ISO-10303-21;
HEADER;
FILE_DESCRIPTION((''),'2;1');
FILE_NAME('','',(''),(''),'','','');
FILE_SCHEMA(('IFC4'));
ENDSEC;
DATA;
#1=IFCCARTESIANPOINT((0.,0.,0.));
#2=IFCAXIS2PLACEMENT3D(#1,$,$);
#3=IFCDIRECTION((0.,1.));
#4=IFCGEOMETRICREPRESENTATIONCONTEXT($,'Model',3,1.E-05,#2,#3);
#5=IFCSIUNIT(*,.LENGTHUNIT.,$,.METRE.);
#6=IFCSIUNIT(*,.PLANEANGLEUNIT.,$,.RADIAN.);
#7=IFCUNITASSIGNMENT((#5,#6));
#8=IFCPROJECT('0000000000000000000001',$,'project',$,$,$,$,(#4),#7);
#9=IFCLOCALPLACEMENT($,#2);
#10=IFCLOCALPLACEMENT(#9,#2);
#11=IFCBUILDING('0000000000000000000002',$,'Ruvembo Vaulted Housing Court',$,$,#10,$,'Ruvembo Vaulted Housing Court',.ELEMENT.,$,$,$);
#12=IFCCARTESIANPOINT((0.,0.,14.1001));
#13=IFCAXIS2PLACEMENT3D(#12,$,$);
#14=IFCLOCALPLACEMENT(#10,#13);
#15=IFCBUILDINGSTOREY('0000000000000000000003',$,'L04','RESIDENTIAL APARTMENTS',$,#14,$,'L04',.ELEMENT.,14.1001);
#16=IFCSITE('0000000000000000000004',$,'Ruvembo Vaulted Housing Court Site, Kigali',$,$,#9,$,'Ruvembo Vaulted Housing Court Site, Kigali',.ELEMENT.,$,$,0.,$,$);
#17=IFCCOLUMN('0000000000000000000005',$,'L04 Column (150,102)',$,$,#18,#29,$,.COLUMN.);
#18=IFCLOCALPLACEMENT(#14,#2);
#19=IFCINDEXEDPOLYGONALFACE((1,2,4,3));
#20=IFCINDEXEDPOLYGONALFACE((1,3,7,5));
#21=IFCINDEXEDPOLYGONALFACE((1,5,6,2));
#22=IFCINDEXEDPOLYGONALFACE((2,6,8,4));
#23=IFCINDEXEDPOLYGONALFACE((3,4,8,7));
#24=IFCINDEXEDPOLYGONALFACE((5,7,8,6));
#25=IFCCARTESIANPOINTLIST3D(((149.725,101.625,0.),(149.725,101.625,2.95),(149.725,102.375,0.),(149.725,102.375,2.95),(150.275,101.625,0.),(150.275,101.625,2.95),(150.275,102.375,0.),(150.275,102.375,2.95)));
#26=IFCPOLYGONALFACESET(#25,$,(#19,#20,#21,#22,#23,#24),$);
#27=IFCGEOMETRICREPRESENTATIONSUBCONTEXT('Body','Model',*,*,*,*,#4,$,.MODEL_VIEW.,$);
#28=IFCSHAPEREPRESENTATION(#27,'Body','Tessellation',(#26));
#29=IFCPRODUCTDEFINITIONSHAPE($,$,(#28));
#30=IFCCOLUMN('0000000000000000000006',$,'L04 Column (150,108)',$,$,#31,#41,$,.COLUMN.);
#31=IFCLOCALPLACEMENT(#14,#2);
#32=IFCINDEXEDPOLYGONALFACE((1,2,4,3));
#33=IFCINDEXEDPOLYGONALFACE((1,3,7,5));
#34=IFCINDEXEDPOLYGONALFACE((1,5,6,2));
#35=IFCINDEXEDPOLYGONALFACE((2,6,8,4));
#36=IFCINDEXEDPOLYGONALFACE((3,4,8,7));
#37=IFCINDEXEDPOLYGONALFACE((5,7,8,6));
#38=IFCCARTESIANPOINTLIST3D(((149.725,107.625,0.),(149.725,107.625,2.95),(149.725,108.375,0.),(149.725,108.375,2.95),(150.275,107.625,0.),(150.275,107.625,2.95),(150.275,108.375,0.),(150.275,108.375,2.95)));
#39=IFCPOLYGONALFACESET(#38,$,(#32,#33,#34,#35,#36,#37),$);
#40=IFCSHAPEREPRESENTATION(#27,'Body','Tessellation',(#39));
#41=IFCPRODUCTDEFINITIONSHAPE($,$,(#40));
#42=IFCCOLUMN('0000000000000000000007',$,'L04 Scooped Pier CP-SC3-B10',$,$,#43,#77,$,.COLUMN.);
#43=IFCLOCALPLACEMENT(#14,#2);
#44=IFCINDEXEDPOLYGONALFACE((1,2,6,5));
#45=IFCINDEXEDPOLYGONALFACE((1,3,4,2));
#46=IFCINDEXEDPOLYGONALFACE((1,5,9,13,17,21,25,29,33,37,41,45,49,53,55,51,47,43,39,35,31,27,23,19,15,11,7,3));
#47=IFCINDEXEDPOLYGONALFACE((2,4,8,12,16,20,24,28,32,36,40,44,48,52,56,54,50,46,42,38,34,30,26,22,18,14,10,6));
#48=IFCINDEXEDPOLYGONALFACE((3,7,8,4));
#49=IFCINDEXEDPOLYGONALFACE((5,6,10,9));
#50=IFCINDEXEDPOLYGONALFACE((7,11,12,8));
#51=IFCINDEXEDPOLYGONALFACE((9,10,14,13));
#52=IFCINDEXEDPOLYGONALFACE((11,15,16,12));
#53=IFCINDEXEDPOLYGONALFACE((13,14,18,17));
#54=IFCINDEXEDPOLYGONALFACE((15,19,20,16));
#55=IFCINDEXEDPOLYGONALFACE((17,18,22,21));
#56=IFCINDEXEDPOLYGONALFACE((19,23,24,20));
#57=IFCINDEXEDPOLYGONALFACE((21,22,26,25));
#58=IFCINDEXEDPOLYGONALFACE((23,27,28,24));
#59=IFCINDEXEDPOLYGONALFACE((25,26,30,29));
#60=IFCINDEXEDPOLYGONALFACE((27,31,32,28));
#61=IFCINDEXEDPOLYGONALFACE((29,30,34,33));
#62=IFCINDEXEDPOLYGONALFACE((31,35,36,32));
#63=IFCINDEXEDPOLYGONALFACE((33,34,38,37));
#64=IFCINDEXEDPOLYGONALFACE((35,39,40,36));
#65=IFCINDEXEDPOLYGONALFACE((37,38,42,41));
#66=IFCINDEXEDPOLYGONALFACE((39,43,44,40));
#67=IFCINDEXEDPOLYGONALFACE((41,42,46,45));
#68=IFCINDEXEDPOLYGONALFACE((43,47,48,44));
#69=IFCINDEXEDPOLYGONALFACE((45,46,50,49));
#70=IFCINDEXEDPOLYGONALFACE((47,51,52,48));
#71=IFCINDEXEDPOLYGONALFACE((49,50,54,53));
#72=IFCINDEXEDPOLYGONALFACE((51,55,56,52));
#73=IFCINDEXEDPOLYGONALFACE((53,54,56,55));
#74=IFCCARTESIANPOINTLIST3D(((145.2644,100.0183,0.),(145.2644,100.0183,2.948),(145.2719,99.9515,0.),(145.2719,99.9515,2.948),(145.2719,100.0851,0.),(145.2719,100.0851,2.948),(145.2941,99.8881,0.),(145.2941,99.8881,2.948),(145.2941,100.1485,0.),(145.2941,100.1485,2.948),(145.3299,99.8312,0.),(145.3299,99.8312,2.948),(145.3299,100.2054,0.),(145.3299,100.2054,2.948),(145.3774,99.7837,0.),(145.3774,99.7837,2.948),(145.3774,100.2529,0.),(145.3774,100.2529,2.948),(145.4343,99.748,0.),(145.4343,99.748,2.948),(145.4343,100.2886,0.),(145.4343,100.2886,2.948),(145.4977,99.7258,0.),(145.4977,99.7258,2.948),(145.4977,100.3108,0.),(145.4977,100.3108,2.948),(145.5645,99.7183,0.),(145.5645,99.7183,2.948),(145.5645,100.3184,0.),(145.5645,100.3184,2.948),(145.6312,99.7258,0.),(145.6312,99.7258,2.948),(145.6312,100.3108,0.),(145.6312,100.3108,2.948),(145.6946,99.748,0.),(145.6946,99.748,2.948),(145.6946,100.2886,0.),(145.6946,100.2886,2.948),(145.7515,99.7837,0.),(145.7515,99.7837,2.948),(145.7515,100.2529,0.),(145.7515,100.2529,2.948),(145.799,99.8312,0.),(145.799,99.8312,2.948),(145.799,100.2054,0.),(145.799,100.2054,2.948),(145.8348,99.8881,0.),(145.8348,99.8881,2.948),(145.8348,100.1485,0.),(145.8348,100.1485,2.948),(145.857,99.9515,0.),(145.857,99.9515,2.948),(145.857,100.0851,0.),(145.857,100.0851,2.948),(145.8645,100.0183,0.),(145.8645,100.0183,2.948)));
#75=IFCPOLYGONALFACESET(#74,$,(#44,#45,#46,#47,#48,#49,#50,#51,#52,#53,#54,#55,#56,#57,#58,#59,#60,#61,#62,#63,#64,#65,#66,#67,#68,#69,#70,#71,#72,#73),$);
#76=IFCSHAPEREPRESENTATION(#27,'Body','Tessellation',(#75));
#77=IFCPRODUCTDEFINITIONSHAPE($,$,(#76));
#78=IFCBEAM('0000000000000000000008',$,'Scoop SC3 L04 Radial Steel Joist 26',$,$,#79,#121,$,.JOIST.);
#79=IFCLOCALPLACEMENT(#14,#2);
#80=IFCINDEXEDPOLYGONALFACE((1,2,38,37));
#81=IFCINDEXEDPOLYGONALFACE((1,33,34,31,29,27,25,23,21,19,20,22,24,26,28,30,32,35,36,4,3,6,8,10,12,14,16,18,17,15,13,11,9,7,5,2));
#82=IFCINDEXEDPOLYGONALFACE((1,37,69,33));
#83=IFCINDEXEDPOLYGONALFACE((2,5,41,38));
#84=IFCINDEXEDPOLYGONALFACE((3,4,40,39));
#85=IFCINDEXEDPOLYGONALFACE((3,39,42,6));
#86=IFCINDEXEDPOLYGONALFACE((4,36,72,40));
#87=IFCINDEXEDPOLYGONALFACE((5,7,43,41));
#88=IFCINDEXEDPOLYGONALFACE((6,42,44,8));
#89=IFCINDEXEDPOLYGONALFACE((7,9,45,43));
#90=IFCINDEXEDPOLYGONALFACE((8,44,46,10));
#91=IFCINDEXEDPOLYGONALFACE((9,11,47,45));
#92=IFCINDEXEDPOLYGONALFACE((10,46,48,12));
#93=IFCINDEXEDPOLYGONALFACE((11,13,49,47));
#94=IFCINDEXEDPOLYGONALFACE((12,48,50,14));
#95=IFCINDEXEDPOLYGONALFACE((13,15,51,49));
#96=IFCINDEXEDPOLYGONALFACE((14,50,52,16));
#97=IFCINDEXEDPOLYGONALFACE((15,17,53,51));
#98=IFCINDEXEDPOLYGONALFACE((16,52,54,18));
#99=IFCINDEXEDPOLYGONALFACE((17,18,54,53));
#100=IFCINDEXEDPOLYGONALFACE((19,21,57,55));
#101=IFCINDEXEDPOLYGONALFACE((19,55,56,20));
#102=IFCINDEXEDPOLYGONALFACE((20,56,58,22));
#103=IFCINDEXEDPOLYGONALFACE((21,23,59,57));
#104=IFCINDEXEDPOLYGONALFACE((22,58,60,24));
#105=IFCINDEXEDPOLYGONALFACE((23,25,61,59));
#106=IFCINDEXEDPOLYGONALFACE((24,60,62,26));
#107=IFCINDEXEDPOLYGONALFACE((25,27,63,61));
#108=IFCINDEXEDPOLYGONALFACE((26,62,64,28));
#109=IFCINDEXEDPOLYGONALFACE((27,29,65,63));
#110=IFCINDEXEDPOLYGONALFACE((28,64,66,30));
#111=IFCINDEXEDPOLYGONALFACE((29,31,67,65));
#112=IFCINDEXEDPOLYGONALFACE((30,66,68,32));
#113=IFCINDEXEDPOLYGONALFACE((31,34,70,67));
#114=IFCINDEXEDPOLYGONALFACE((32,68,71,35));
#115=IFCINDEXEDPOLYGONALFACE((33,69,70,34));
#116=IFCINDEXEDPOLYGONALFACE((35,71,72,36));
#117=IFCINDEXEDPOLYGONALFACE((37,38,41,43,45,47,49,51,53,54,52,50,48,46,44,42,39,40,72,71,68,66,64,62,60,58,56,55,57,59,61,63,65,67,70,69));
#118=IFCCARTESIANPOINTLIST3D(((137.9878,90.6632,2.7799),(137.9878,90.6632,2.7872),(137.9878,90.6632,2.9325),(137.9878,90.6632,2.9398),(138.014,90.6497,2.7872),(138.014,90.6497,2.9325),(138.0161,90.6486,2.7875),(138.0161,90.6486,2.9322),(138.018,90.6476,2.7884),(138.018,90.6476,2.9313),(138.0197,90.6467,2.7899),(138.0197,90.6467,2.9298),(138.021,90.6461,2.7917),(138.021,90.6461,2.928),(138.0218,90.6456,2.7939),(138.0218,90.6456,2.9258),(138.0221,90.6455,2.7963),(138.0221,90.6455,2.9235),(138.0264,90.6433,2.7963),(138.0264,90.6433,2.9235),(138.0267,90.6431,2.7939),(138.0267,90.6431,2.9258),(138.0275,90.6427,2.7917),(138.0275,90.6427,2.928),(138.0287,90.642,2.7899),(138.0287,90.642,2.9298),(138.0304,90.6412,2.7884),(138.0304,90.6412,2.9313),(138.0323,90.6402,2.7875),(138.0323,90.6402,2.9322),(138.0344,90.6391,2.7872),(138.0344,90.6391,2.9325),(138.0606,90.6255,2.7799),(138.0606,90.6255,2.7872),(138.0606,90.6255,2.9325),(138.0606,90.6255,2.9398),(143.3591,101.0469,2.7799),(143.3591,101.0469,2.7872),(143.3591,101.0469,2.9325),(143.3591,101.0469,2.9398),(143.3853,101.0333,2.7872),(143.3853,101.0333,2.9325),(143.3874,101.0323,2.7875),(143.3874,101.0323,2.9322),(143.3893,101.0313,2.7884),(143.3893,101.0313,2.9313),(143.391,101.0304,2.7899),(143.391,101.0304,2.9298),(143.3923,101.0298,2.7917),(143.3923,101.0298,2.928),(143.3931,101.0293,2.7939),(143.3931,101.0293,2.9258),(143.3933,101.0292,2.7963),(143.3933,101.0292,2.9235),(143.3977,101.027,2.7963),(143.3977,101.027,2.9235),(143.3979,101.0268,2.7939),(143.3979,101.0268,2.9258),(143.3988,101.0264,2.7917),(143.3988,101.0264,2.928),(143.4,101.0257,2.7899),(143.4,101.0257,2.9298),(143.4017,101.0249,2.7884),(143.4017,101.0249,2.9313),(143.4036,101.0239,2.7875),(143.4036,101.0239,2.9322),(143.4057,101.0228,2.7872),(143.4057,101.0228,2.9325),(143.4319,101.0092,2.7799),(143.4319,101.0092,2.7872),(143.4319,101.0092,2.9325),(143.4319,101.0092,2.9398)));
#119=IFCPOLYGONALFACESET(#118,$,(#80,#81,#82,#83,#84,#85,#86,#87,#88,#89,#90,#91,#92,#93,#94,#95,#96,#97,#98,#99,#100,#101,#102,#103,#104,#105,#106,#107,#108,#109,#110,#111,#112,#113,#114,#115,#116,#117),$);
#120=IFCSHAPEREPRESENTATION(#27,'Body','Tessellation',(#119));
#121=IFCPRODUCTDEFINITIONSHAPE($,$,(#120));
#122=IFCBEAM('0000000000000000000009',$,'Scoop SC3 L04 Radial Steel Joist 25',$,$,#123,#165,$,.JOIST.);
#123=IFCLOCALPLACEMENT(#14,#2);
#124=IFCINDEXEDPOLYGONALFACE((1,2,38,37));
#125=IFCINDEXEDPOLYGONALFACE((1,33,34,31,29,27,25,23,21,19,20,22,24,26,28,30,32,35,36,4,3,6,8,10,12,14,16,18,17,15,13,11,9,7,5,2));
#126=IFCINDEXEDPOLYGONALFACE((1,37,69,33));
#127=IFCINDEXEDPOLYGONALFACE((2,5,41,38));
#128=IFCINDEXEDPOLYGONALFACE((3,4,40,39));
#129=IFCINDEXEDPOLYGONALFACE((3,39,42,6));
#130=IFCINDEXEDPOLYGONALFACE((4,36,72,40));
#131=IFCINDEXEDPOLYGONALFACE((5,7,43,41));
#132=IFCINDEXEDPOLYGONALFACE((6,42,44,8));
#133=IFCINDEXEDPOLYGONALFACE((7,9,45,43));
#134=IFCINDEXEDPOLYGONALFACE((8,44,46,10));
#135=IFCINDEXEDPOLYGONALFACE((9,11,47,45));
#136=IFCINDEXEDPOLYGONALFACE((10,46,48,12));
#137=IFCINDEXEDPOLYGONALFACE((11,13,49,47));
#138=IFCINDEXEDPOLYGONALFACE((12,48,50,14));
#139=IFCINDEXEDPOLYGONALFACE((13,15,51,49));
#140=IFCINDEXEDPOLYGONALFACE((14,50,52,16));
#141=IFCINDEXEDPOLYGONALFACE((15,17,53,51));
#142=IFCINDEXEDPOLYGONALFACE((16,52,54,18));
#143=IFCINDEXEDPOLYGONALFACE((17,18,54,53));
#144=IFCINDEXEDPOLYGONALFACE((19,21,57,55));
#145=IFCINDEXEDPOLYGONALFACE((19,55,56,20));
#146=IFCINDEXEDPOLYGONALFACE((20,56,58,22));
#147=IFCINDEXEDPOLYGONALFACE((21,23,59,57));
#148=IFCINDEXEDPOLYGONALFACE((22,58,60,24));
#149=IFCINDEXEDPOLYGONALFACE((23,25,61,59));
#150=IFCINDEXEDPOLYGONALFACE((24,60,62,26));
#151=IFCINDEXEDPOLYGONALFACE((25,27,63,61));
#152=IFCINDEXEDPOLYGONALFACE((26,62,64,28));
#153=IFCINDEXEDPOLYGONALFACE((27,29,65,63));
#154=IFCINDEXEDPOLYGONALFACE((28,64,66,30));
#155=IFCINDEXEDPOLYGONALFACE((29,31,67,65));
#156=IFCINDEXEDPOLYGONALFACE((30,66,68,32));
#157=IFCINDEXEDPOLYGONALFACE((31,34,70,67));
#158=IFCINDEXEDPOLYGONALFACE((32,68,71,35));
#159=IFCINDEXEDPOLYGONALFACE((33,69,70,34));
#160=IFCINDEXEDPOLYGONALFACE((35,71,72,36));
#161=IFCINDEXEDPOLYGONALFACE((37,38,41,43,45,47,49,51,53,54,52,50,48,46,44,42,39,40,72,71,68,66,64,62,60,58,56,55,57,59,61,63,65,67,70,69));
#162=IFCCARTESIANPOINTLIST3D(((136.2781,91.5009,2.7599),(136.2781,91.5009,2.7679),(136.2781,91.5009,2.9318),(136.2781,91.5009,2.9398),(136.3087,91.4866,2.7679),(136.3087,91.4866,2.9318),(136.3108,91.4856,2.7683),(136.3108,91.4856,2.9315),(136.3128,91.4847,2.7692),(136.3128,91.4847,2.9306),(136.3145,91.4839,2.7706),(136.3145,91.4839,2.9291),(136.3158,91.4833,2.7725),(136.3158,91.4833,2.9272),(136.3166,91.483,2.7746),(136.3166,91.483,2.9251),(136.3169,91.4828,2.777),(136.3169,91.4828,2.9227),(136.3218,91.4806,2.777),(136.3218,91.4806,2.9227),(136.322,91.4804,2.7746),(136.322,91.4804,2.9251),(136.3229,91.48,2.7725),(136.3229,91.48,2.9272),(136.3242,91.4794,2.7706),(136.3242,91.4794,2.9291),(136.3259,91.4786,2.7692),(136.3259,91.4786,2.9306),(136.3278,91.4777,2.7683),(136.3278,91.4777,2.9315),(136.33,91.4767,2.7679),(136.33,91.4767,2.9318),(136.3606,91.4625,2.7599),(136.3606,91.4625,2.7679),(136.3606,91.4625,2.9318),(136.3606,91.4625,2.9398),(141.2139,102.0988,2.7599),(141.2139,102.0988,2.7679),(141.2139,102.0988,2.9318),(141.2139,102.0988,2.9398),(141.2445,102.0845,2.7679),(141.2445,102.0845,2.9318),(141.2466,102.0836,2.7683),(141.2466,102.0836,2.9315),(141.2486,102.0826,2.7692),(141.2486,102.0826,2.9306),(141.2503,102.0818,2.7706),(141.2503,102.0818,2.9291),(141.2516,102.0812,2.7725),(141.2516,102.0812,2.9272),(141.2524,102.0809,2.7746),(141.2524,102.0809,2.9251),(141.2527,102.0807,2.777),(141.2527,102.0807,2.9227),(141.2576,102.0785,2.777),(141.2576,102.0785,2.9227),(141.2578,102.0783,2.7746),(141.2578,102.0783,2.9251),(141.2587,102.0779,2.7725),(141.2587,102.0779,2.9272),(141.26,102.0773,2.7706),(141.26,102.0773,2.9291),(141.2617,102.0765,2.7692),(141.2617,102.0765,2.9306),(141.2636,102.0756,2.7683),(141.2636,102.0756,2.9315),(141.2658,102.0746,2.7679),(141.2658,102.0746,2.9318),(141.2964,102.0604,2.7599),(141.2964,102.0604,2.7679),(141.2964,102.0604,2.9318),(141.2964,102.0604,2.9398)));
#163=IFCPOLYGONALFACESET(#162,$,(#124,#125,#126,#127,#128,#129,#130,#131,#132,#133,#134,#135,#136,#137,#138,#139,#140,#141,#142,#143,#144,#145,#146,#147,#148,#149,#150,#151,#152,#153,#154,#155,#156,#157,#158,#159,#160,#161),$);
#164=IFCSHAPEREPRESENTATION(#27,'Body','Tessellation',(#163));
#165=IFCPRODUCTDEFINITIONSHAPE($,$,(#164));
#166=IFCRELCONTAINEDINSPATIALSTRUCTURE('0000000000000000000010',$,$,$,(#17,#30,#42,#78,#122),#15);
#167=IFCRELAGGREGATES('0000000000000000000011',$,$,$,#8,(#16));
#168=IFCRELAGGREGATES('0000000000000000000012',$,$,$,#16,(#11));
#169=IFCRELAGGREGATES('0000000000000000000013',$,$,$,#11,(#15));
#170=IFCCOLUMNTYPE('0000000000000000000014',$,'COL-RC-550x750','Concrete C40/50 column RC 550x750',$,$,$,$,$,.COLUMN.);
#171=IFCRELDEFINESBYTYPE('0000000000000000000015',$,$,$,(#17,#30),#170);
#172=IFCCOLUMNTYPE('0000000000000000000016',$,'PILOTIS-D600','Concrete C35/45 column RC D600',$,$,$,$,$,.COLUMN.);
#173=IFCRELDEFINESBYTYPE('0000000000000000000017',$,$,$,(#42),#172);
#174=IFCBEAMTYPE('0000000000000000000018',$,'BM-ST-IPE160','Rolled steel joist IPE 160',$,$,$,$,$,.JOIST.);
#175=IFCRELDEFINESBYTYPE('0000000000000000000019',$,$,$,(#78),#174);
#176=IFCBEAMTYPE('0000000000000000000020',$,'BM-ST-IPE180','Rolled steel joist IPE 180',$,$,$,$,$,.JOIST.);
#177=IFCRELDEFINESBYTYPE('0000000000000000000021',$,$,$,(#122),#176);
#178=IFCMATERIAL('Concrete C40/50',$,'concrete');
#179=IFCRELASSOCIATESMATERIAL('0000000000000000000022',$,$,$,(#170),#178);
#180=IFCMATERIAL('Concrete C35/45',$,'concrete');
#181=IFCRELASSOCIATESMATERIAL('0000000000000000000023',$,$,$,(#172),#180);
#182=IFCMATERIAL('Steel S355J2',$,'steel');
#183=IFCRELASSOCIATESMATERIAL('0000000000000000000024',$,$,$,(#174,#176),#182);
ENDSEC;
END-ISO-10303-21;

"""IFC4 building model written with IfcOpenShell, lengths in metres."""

from ifc_helpers import new_model, si_unit, direction, frame, origin, origin_2d, place, context, subcontext, project, spatial, rectangle, circle, i_section, extrude, material, material_profile, profile_set, type_object, element, save


model = new_model("IFC4")

# Units and contexts
model_context = context("Model", 3, precision=1e-05, world=origin(), true_north=direction((0.0, 1.0)))
body_context = subcontext(model_context, "Body", "Model", "MODEL_VIEW")
ifc_project = project(units=[si_unit("LENGTHUNIT", "METRE"), si_unit("PLANEANGLEUNIT", "RADIAN")], contexts=[model_context])

# Site, building, storey
site_placement = place(None, origin())
site = spatial("IfcSite", under=ifc_project, at=site_placement, Name="Ruvembo Vaulted Housing Court Site, Kigali", LongName="Ruvembo Vaulted Housing Court Site, Kigali", CompositionType="ELEMENT", RefElevation=0.0)
building_placement = place(site_placement, origin())
building = spatial("IfcBuilding", under=site, at=building_placement, Name="Ruvembo Vaulted Housing Court", LongName="Ruvembo Vaulted Housing Court", CompositionType="ELEMENT")
storey_placement = place(building_placement, frame((0.0, 0.0, 14.1001)))
storey = spatial("IfcBuildingStorey", under=building, at=storey_placement, Name="L04", Description="RESIDENTIAL APARTMENTS", LongName="L04", CompositionType="ELEMENT", Elevation=14.1001)

# Columns
ifc_material_1 = material(Name="Concrete C40/50", Category="concrete")
ifc_material_profile_1 = material_profile(ifc_material_1, rectangle(XDim=0.55, YDim=0.75, at=origin_2d()), Name="RC 550x750")
ifc_profile_set_1 = profile_set([ifc_material_profile_1], Name="Concrete C40/50")
column_type_1 = type_object("IfcColumnType", Name="COL-RC-550x750", Description="Concrete C40/50 column RC 550x750", PredefinedType="COLUMN", material=ifc_profile_set_1)
for number, where, z_axis, x_axis, name in (
    (1, (150.0, 102.0, 0.0), (0.0, 0.0, 1.0), (1.0, 0.0, 0.0), "L04 Column (150,102)"),
    (2, (150.0, 108.0, 0.0), (0.0, 0.0, 1.0), (1.0, 0.0, 0.0), "L04 Column (150,108)"),
):
    element("IfcColumn", number, at=place(storey_placement, frame(where, z_axis=z_axis, x_axis=x_axis)), inside=storey, type_object=column_type_1, Name=name, PredefinedType="COLUMN", context=body_context, shape_type="SweptSolid", body=[
        extrude(rectangle(XDim=0.55, YDim=0.75, at=origin_2d()), origin(), (0.0, 0.0, 1.0), 2.95),
    ])
ifc_material_2 = material(Name="Concrete C35/45", Category="concrete")
ifc_material_profile_2 = material_profile(ifc_material_2, circle(Radius=0.3, at=origin_2d()), Name="RC D600")
ifc_profile_set_2 = profile_set([ifc_material_profile_2], Name="Concrete C35/45")
column_type_2 = type_object("IfcColumnType", Name="PILOTIS-D600", Description="Concrete C35/45 column RC D600", PredefinedType="COLUMN", material=ifc_profile_set_2)
column_placement = place(storey_placement, frame((145.5645, 100.0183, 0.0), z_axis=(0.0, 0.0, 1.0), x_axis=(1.0, 0.0, 0.0)))
element("IfcColumn", 3, at=column_placement, inside=storey, type_object=column_type_2, Name="L04 Scooped Pier CP-SC3-B10", PredefinedType="COLUMN", context=body_context, shape_type="SweptSolid", body=[
    extrude(circle(Radius=0.3, at=origin_2d()), origin(), (0.0, 0.0, 1.0), 2.948),
])

# Beams
ifc_material_3 = material(Name="Steel S355J2", Category="steel")
ifc_material_profile_3 = material_profile(ifc_material_3, i_section(OverallWidth=0.082, OverallDepth=0.1599, WebThickness=0.0049, FlangeThickness=0.0073, FilletRadius=0.009, at=origin_2d()), Name="IPE 160")
ifc_profile_set_3 = profile_set([ifc_material_profile_3], Name="Steel S355J2")
beam_type_1 = type_object("IfcBeamType", Name="BM-ST-IPE160", Description="Rolled steel joist IPE 160", PredefinedType="JOIST", material=ifc_profile_set_3)
beam_1_placement = place(storey_placement, frame((143.3955, 101.0281, 2.8599), z_axis=(-0.459451, -0.888203, 0.0), x_axis=(0.888203, -0.459451, 0.0)))
element("IfcBeam", 4, at=beam_1_placement, inside=storey, type_object=beam_type_1, Name="Scoop SC3 L04 Radial Steel Joist 26", PredefinedType="JOIST", context=body_context, shape_type="SweptSolid", body=[
    extrude(i_section(OverallWidth=0.082, OverallDepth=0.1599, WebThickness=0.0049, FlangeThickness=0.0073, FilletRadius=0.009, at=origin_2d()), origin(), (0.0, 0.0, 1.0), 11.6907),
])
ifc_material_profile_4 = material_profile(ifc_material_3, i_section(OverallWidth=0.0911, OverallDepth=0.1799, WebThickness=0.0054, FlangeThickness=0.0081, FilletRadius=0.009, at=origin_2d()), Name="IPE 180")
ifc_profile_set_4 = profile_set([ifc_material_profile_4], Name="Steel S355J2")
beam_type_2 = type_object("IfcBeamType", Name="BM-ST-IPE180", Description="Rolled steel joist IPE 180", PredefinedType="JOIST", material=ifc_profile_set_4)
beam_2_placement = place(storey_placement, frame((141.2551, 102.0796, 2.8499), z_axis=(-0.42219, -0.906507, 0.0), x_axis=(0.906507, -0.42219, 0.0)))
element("IfcBeam", 5, at=beam_2_placement, inside=storey, type_object=beam_type_2, Name="Scoop SC3 L04 Radial Steel Joist 25", PredefinedType="JOIST", context=body_context, shape_type="SweptSolid", body=[
    extrude(i_section(OverallWidth=0.0911, OverallDepth=0.1799, WebThickness=0.0054, FlangeThickness=0.0081, FilletRadius=0.009, at=origin_2d()), origin(), (0.0, 0.0, 1.0), 11.6909),
])

save(model, "model.ifc")
